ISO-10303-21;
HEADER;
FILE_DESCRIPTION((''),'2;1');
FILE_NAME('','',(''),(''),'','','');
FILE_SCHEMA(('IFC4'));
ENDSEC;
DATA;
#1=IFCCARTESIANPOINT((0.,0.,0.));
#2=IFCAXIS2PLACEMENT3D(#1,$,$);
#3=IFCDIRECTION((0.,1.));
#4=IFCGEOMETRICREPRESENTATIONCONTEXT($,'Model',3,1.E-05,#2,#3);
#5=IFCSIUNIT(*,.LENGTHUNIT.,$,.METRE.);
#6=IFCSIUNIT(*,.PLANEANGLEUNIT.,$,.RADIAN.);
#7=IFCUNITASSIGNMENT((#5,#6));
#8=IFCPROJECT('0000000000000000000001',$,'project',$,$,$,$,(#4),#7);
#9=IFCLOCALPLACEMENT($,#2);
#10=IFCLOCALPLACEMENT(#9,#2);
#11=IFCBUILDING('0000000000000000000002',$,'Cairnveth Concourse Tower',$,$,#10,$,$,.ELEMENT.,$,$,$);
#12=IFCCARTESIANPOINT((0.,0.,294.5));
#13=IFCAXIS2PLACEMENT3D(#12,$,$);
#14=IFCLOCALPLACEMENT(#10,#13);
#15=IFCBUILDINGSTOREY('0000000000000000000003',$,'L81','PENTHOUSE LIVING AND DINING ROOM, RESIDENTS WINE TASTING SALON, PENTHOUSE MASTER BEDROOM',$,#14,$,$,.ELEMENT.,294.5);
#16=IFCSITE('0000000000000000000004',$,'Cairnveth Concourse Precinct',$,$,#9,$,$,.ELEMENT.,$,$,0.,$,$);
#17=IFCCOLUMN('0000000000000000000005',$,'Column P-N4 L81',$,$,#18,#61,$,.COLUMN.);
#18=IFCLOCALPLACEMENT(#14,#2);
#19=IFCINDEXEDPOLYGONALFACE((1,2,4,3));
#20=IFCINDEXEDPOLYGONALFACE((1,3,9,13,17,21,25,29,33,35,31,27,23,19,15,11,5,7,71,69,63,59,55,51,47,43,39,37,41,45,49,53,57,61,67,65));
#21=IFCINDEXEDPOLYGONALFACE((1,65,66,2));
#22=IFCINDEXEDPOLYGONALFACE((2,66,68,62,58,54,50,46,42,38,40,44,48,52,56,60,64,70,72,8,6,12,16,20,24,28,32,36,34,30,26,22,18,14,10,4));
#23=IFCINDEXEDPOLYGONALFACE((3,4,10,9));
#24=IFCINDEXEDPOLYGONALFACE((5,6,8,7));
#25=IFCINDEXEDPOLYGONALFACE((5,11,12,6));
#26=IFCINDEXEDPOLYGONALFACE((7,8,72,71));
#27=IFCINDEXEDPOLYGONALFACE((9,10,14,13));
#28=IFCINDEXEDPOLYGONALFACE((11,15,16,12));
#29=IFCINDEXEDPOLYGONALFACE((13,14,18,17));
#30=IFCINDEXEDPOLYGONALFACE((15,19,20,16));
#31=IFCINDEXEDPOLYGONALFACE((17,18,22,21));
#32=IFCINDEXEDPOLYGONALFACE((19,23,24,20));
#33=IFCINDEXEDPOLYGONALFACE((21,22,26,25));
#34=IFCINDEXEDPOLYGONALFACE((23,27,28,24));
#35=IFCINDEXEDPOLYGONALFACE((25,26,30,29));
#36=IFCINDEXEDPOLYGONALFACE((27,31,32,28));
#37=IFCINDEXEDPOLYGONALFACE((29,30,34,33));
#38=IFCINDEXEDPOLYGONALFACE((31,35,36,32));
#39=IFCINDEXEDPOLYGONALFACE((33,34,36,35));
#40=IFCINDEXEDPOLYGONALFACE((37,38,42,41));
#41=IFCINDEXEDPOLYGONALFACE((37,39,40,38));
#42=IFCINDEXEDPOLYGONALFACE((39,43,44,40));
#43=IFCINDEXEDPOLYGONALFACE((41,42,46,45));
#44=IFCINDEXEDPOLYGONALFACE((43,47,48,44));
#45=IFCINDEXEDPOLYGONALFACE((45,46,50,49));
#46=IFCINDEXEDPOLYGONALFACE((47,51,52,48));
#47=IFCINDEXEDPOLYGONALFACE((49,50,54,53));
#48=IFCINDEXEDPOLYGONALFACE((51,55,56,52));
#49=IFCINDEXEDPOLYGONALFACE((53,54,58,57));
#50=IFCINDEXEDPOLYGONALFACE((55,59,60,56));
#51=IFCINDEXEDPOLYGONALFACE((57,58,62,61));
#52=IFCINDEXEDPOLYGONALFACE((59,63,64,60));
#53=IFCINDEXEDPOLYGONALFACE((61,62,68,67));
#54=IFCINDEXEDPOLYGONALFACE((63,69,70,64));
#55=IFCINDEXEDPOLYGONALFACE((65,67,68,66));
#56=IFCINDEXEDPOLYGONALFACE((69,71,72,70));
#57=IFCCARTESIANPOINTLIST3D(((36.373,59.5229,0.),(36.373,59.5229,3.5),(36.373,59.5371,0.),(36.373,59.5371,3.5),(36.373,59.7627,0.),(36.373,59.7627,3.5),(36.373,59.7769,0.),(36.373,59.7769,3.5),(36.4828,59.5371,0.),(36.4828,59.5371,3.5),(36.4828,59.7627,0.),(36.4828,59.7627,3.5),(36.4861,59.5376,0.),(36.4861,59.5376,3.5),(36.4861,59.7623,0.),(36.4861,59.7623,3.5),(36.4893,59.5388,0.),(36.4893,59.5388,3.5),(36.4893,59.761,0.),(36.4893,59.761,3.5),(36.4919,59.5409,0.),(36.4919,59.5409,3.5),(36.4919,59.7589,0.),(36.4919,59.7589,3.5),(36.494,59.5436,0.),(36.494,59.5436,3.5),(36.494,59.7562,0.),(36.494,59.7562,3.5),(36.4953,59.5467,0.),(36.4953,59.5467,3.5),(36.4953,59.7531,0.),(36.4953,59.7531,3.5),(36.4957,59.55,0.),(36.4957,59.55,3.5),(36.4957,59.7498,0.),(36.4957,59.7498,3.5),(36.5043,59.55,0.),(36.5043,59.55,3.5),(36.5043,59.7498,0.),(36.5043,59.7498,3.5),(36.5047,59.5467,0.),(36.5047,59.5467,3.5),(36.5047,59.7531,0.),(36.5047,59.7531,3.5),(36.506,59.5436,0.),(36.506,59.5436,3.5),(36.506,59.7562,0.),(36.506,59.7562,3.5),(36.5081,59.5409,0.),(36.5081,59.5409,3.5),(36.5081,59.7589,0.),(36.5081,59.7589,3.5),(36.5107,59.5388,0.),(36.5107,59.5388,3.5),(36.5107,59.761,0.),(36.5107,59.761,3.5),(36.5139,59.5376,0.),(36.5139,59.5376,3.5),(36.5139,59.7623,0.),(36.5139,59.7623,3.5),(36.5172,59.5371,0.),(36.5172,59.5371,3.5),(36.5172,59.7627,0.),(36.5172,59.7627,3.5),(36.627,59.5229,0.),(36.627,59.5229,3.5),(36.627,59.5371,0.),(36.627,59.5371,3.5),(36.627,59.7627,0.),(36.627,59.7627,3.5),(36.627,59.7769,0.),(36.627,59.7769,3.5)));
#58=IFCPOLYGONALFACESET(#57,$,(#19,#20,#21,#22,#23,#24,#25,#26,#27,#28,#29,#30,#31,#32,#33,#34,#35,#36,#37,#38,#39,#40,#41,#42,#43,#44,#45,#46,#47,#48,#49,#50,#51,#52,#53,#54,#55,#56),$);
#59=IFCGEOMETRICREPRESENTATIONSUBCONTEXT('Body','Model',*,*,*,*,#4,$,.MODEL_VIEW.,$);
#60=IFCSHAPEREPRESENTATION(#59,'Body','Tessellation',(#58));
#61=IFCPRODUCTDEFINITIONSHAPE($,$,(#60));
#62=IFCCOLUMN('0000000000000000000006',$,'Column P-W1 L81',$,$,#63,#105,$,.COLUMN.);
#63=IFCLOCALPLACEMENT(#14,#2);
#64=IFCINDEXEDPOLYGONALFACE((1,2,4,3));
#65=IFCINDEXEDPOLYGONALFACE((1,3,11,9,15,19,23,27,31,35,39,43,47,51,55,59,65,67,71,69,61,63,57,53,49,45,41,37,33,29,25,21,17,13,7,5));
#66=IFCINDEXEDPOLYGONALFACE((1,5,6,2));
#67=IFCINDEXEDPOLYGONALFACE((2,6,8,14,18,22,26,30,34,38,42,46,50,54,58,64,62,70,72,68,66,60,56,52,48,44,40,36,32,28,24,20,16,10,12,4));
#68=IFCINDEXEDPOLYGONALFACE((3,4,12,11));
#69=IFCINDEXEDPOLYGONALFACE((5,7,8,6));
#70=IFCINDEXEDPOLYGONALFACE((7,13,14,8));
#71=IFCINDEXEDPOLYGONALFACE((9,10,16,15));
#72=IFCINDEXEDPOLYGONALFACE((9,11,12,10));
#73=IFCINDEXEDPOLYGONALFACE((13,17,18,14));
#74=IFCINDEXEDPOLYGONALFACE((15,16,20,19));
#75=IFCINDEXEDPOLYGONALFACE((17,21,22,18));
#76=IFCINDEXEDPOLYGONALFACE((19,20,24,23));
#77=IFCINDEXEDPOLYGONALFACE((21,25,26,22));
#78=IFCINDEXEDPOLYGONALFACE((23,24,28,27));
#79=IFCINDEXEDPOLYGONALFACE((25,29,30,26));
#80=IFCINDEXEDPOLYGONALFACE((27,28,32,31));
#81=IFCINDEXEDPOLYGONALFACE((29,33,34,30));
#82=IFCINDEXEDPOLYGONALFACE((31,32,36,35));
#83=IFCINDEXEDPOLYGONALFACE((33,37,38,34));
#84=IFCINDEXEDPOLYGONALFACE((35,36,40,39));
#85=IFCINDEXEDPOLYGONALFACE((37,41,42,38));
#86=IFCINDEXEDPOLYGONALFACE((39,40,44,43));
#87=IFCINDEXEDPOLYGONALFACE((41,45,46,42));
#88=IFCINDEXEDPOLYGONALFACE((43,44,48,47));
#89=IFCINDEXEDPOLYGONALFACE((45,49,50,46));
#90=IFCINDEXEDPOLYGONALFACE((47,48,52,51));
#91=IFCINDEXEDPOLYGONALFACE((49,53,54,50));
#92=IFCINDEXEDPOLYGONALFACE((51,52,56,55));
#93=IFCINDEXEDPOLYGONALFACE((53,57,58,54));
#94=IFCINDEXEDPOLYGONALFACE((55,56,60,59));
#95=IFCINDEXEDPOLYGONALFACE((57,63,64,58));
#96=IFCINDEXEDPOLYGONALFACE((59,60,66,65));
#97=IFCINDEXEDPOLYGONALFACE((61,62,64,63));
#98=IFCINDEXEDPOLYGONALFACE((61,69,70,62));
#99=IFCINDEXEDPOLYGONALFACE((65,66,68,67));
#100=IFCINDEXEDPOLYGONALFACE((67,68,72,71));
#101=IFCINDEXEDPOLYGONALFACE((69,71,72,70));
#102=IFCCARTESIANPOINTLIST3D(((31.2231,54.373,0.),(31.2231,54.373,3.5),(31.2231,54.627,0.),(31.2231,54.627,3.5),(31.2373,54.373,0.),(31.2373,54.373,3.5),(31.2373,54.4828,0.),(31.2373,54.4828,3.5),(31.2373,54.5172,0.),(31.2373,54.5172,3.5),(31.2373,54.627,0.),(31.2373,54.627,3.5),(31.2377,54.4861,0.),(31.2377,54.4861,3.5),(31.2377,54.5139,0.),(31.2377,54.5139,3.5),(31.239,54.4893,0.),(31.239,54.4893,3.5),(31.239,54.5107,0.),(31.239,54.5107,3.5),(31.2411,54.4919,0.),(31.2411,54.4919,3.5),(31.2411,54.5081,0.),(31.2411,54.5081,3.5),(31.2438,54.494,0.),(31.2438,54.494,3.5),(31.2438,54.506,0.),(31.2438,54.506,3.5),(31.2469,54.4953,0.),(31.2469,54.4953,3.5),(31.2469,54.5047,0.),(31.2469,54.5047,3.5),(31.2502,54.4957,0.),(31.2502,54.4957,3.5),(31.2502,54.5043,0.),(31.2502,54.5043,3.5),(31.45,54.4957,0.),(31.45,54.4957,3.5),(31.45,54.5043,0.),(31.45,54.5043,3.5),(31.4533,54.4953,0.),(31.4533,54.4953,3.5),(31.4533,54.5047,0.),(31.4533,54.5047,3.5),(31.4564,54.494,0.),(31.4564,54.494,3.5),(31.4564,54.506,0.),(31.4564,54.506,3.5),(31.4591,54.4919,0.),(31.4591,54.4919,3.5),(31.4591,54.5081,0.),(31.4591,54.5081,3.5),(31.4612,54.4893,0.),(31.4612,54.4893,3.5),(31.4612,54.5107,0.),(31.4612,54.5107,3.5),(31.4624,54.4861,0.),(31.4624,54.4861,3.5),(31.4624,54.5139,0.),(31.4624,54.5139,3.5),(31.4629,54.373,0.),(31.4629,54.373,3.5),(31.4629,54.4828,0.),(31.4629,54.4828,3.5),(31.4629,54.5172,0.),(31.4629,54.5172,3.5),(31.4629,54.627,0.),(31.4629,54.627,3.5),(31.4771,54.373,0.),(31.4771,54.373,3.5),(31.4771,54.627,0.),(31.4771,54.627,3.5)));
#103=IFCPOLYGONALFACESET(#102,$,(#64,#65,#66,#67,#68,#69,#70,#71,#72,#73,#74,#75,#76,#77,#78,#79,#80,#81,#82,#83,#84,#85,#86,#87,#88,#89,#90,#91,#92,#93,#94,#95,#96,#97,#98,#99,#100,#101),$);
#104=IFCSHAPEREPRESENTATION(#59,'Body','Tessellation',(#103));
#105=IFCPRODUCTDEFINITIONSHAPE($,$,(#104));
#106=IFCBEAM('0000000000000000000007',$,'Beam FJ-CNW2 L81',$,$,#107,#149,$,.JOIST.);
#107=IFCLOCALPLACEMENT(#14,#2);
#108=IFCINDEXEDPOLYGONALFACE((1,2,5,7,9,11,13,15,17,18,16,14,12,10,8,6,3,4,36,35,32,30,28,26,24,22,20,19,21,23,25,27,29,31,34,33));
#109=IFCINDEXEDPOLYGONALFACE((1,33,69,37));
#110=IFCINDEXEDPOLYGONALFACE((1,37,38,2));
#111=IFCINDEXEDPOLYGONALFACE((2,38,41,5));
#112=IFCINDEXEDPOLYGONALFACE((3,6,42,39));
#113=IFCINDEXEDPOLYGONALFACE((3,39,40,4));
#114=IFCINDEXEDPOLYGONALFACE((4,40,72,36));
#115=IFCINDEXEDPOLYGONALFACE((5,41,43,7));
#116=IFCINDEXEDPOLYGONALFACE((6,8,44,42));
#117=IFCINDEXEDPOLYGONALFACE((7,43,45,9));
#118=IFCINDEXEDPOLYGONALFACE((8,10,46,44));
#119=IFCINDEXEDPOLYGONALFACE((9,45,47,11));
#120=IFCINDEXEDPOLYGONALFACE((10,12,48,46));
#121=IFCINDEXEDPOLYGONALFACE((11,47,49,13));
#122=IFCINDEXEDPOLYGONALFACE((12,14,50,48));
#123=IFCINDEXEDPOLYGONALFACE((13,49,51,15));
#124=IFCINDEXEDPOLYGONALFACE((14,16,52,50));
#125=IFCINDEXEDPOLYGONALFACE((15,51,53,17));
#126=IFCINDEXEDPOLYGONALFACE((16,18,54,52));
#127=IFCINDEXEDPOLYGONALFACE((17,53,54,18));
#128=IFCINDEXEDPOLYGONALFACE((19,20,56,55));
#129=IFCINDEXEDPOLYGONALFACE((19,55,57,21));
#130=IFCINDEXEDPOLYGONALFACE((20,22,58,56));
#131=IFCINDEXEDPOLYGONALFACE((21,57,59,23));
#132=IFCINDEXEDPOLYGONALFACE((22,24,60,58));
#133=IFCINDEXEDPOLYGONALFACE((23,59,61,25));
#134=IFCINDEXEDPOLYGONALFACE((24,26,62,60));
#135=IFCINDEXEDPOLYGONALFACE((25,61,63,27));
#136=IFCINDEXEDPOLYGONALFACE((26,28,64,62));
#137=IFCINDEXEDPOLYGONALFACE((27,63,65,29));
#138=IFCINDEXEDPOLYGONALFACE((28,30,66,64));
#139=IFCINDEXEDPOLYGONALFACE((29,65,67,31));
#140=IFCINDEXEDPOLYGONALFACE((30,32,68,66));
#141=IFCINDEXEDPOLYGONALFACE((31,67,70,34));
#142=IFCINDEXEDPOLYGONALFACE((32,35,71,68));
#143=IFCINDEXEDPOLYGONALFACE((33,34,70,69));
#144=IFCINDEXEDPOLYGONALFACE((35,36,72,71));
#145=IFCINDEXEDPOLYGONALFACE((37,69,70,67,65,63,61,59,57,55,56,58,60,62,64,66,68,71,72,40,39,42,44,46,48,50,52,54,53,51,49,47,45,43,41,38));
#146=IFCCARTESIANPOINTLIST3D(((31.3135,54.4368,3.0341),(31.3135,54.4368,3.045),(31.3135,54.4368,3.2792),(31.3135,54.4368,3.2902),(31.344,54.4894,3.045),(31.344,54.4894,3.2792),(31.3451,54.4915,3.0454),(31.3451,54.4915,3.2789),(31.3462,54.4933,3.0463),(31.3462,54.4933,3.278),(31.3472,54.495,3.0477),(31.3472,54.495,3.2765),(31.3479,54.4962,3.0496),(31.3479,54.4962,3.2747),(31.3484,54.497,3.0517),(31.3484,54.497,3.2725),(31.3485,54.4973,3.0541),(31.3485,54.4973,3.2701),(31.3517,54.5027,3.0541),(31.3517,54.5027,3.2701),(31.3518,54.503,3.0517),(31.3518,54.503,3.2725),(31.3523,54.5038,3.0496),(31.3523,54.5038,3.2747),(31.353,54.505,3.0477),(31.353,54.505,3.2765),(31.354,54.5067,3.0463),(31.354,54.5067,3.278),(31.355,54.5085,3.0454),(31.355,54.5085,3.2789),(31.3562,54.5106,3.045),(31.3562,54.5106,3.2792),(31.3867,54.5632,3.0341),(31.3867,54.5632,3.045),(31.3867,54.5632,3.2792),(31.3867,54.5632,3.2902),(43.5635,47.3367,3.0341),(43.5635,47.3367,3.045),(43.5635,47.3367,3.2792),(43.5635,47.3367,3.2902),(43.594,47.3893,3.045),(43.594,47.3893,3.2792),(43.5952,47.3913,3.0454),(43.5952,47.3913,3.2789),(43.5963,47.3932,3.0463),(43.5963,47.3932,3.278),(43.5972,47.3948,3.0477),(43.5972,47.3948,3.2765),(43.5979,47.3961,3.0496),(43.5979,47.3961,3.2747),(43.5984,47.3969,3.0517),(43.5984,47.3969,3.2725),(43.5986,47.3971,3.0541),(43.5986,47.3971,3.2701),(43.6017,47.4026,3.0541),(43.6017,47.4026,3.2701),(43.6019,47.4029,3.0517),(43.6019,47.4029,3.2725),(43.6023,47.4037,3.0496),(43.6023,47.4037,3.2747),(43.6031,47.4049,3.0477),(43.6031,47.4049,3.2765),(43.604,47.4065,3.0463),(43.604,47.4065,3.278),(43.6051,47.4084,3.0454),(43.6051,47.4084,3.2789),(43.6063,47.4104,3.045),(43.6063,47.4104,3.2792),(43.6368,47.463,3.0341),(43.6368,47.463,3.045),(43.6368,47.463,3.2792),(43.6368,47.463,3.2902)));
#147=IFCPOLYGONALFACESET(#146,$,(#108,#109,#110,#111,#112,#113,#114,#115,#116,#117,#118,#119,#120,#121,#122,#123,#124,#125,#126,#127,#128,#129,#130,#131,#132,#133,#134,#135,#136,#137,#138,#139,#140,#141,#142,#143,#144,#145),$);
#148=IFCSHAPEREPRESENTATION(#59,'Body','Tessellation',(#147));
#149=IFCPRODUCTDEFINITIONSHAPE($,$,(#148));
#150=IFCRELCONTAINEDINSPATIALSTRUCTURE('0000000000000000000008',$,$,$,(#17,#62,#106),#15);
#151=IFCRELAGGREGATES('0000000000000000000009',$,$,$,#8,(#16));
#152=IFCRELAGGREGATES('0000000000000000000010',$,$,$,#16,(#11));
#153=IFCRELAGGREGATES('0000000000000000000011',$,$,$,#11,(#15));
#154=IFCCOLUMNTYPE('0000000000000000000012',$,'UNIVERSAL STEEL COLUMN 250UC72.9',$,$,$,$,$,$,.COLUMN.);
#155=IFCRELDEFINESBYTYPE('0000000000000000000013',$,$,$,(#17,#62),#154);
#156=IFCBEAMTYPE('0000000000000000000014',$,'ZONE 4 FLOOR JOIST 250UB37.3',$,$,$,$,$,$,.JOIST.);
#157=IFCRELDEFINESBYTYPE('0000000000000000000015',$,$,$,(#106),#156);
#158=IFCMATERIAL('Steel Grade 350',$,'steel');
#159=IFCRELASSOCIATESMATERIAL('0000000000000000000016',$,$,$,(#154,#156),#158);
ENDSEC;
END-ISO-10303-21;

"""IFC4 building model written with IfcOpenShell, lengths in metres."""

from ifc_helpers import new_model, si_unit, direction, frame, origin, origin_2d, place, context, subcontext, project, spatial, i_section, extrude, material, material_profile, profile_set, type_object, element, save


model = new_model("IFC4")

# Units and contexts
model_context = context("Model", 3, precision=1e-05, world=origin(), true_north=direction((0.0, 1.0)))
body_context = subcontext(model_context, "Body", "Model", "MODEL_VIEW")
ifc_project = project(units=[si_unit("LENGTHUNIT", "METRE"), si_unit("PLANEANGLEUNIT", "RADIAN")], contexts=[model_context])

# Site, building, storey
site_placement = place(None, origin())
site = spatial("IfcSite", under=ifc_project, at=site_placement, Name="Cairnveth Concourse Precinct", CompositionType="ELEMENT", RefElevation=0.0)
building_placement = place(site_placement, origin())
building = spatial("IfcBuilding", under=site, at=building_placement, Name="Cairnveth Concourse Tower", CompositionType="ELEMENT")
storey_placement = place(building_placement, frame((0.0, 0.0, 294.5)))
storey = spatial("IfcBuildingStorey", under=building, at=storey_placement, Name="L81", Description="PENTHOUSE LIVING AND DINING ROOM, RESIDENTS WINE TASTING SALON, PENTHOUSE MASTER BEDROOM", CompositionType="ELEMENT", Elevation=294.5)

# Columns
ifc_material_1 = material(Name="Steel Grade 350", Category="steel")
ifc_material_profile_1 = material_profile(ifc_material_1, i_section(OverallWidth=0.2539, OverallDepth=0.2539, WebThickness=0.0085, FlangeThickness=0.0142, FilletRadius=0.0129, at=origin_2d()), Name="250UC72.9")
ifc_profile_set_1 = profile_set([ifc_material_profile_1], Name="Steel Grade 350")
column_type = type_object("IfcColumnType", Name="UNIVERSAL STEEL COLUMN 250UC72.9", PredefinedType="COLUMN", material=ifc_profile_set_1)
for number, where, z_axis, x_axis, name in (
    (1, (36.5, 59.6499, 0.0), (0.0, 0.0, 1.0), (1.0, 0.0, 0.0), "Column P-N4 L81"),
    (2, (31.3501, 54.5, 0.0), (0.0, 0.0, 1.0), (0.0, 1.0, 0.0), "Column P-W1 L81"),
):
    element("IfcColumn", number, at=place(storey_placement, frame(where, z_axis=z_axis, x_axis=x_axis)), inside=storey, type_object=column_type, Name=name, PredefinedType="COLUMN", context=body_context, shape_type="SweptSolid", body=[
        extrude(i_section(OverallWidth=0.2539, OverallDepth=0.2539, WebThickness=0.0085, FlangeThickness=0.0142, FilletRadius=0.0129, at=origin_2d()), origin(), (0.0, 0.0, 1.0), 3.5),
    ])

# Beam
ifc_material_profile_2 = material_profile(ifc_material_1, i_section(OverallWidth=0.146, OverallDepth=0.2561, WebThickness=0.0063, FlangeThickness=0.011, FilletRadius=0.009, at=origin_2d()), Name="250UB37.3")
ifc_profile_set_2 = profile_set([ifc_material_profile_2], Name="Steel Grade 350")
beam_type_1 = type_object("IfcBeamType", Name="ZONE 4 FLOOR JOIST 250UB37.3", PredefinedType="JOIST", material=ifc_profile_set_2)
beam_1_placement = place(storey_placement, frame((31.3501, 54.5, 3.1621), z_axis=(0.865181, -0.501459, 0.0), x_axis=(0.501459, 0.865181, 0.0)))
element("IfcBeam", 3, at=beam_1_placement, inside=storey, type_object=beam_type_1, Name="Beam FJ-CNW2 L81", PredefinedType="JOIST", context=body_context, shape_type="SweptSolid", body=[
    extrude(i_section(OverallWidth=0.146, OverallDepth=0.2561, WebThickness=0.0063, FlangeThickness=0.011, FilletRadius=0.009, at=origin_2d()), origin(), (0.0, 0.0, 1.0), 14.1589),
])

save(model, "model.ifc")
